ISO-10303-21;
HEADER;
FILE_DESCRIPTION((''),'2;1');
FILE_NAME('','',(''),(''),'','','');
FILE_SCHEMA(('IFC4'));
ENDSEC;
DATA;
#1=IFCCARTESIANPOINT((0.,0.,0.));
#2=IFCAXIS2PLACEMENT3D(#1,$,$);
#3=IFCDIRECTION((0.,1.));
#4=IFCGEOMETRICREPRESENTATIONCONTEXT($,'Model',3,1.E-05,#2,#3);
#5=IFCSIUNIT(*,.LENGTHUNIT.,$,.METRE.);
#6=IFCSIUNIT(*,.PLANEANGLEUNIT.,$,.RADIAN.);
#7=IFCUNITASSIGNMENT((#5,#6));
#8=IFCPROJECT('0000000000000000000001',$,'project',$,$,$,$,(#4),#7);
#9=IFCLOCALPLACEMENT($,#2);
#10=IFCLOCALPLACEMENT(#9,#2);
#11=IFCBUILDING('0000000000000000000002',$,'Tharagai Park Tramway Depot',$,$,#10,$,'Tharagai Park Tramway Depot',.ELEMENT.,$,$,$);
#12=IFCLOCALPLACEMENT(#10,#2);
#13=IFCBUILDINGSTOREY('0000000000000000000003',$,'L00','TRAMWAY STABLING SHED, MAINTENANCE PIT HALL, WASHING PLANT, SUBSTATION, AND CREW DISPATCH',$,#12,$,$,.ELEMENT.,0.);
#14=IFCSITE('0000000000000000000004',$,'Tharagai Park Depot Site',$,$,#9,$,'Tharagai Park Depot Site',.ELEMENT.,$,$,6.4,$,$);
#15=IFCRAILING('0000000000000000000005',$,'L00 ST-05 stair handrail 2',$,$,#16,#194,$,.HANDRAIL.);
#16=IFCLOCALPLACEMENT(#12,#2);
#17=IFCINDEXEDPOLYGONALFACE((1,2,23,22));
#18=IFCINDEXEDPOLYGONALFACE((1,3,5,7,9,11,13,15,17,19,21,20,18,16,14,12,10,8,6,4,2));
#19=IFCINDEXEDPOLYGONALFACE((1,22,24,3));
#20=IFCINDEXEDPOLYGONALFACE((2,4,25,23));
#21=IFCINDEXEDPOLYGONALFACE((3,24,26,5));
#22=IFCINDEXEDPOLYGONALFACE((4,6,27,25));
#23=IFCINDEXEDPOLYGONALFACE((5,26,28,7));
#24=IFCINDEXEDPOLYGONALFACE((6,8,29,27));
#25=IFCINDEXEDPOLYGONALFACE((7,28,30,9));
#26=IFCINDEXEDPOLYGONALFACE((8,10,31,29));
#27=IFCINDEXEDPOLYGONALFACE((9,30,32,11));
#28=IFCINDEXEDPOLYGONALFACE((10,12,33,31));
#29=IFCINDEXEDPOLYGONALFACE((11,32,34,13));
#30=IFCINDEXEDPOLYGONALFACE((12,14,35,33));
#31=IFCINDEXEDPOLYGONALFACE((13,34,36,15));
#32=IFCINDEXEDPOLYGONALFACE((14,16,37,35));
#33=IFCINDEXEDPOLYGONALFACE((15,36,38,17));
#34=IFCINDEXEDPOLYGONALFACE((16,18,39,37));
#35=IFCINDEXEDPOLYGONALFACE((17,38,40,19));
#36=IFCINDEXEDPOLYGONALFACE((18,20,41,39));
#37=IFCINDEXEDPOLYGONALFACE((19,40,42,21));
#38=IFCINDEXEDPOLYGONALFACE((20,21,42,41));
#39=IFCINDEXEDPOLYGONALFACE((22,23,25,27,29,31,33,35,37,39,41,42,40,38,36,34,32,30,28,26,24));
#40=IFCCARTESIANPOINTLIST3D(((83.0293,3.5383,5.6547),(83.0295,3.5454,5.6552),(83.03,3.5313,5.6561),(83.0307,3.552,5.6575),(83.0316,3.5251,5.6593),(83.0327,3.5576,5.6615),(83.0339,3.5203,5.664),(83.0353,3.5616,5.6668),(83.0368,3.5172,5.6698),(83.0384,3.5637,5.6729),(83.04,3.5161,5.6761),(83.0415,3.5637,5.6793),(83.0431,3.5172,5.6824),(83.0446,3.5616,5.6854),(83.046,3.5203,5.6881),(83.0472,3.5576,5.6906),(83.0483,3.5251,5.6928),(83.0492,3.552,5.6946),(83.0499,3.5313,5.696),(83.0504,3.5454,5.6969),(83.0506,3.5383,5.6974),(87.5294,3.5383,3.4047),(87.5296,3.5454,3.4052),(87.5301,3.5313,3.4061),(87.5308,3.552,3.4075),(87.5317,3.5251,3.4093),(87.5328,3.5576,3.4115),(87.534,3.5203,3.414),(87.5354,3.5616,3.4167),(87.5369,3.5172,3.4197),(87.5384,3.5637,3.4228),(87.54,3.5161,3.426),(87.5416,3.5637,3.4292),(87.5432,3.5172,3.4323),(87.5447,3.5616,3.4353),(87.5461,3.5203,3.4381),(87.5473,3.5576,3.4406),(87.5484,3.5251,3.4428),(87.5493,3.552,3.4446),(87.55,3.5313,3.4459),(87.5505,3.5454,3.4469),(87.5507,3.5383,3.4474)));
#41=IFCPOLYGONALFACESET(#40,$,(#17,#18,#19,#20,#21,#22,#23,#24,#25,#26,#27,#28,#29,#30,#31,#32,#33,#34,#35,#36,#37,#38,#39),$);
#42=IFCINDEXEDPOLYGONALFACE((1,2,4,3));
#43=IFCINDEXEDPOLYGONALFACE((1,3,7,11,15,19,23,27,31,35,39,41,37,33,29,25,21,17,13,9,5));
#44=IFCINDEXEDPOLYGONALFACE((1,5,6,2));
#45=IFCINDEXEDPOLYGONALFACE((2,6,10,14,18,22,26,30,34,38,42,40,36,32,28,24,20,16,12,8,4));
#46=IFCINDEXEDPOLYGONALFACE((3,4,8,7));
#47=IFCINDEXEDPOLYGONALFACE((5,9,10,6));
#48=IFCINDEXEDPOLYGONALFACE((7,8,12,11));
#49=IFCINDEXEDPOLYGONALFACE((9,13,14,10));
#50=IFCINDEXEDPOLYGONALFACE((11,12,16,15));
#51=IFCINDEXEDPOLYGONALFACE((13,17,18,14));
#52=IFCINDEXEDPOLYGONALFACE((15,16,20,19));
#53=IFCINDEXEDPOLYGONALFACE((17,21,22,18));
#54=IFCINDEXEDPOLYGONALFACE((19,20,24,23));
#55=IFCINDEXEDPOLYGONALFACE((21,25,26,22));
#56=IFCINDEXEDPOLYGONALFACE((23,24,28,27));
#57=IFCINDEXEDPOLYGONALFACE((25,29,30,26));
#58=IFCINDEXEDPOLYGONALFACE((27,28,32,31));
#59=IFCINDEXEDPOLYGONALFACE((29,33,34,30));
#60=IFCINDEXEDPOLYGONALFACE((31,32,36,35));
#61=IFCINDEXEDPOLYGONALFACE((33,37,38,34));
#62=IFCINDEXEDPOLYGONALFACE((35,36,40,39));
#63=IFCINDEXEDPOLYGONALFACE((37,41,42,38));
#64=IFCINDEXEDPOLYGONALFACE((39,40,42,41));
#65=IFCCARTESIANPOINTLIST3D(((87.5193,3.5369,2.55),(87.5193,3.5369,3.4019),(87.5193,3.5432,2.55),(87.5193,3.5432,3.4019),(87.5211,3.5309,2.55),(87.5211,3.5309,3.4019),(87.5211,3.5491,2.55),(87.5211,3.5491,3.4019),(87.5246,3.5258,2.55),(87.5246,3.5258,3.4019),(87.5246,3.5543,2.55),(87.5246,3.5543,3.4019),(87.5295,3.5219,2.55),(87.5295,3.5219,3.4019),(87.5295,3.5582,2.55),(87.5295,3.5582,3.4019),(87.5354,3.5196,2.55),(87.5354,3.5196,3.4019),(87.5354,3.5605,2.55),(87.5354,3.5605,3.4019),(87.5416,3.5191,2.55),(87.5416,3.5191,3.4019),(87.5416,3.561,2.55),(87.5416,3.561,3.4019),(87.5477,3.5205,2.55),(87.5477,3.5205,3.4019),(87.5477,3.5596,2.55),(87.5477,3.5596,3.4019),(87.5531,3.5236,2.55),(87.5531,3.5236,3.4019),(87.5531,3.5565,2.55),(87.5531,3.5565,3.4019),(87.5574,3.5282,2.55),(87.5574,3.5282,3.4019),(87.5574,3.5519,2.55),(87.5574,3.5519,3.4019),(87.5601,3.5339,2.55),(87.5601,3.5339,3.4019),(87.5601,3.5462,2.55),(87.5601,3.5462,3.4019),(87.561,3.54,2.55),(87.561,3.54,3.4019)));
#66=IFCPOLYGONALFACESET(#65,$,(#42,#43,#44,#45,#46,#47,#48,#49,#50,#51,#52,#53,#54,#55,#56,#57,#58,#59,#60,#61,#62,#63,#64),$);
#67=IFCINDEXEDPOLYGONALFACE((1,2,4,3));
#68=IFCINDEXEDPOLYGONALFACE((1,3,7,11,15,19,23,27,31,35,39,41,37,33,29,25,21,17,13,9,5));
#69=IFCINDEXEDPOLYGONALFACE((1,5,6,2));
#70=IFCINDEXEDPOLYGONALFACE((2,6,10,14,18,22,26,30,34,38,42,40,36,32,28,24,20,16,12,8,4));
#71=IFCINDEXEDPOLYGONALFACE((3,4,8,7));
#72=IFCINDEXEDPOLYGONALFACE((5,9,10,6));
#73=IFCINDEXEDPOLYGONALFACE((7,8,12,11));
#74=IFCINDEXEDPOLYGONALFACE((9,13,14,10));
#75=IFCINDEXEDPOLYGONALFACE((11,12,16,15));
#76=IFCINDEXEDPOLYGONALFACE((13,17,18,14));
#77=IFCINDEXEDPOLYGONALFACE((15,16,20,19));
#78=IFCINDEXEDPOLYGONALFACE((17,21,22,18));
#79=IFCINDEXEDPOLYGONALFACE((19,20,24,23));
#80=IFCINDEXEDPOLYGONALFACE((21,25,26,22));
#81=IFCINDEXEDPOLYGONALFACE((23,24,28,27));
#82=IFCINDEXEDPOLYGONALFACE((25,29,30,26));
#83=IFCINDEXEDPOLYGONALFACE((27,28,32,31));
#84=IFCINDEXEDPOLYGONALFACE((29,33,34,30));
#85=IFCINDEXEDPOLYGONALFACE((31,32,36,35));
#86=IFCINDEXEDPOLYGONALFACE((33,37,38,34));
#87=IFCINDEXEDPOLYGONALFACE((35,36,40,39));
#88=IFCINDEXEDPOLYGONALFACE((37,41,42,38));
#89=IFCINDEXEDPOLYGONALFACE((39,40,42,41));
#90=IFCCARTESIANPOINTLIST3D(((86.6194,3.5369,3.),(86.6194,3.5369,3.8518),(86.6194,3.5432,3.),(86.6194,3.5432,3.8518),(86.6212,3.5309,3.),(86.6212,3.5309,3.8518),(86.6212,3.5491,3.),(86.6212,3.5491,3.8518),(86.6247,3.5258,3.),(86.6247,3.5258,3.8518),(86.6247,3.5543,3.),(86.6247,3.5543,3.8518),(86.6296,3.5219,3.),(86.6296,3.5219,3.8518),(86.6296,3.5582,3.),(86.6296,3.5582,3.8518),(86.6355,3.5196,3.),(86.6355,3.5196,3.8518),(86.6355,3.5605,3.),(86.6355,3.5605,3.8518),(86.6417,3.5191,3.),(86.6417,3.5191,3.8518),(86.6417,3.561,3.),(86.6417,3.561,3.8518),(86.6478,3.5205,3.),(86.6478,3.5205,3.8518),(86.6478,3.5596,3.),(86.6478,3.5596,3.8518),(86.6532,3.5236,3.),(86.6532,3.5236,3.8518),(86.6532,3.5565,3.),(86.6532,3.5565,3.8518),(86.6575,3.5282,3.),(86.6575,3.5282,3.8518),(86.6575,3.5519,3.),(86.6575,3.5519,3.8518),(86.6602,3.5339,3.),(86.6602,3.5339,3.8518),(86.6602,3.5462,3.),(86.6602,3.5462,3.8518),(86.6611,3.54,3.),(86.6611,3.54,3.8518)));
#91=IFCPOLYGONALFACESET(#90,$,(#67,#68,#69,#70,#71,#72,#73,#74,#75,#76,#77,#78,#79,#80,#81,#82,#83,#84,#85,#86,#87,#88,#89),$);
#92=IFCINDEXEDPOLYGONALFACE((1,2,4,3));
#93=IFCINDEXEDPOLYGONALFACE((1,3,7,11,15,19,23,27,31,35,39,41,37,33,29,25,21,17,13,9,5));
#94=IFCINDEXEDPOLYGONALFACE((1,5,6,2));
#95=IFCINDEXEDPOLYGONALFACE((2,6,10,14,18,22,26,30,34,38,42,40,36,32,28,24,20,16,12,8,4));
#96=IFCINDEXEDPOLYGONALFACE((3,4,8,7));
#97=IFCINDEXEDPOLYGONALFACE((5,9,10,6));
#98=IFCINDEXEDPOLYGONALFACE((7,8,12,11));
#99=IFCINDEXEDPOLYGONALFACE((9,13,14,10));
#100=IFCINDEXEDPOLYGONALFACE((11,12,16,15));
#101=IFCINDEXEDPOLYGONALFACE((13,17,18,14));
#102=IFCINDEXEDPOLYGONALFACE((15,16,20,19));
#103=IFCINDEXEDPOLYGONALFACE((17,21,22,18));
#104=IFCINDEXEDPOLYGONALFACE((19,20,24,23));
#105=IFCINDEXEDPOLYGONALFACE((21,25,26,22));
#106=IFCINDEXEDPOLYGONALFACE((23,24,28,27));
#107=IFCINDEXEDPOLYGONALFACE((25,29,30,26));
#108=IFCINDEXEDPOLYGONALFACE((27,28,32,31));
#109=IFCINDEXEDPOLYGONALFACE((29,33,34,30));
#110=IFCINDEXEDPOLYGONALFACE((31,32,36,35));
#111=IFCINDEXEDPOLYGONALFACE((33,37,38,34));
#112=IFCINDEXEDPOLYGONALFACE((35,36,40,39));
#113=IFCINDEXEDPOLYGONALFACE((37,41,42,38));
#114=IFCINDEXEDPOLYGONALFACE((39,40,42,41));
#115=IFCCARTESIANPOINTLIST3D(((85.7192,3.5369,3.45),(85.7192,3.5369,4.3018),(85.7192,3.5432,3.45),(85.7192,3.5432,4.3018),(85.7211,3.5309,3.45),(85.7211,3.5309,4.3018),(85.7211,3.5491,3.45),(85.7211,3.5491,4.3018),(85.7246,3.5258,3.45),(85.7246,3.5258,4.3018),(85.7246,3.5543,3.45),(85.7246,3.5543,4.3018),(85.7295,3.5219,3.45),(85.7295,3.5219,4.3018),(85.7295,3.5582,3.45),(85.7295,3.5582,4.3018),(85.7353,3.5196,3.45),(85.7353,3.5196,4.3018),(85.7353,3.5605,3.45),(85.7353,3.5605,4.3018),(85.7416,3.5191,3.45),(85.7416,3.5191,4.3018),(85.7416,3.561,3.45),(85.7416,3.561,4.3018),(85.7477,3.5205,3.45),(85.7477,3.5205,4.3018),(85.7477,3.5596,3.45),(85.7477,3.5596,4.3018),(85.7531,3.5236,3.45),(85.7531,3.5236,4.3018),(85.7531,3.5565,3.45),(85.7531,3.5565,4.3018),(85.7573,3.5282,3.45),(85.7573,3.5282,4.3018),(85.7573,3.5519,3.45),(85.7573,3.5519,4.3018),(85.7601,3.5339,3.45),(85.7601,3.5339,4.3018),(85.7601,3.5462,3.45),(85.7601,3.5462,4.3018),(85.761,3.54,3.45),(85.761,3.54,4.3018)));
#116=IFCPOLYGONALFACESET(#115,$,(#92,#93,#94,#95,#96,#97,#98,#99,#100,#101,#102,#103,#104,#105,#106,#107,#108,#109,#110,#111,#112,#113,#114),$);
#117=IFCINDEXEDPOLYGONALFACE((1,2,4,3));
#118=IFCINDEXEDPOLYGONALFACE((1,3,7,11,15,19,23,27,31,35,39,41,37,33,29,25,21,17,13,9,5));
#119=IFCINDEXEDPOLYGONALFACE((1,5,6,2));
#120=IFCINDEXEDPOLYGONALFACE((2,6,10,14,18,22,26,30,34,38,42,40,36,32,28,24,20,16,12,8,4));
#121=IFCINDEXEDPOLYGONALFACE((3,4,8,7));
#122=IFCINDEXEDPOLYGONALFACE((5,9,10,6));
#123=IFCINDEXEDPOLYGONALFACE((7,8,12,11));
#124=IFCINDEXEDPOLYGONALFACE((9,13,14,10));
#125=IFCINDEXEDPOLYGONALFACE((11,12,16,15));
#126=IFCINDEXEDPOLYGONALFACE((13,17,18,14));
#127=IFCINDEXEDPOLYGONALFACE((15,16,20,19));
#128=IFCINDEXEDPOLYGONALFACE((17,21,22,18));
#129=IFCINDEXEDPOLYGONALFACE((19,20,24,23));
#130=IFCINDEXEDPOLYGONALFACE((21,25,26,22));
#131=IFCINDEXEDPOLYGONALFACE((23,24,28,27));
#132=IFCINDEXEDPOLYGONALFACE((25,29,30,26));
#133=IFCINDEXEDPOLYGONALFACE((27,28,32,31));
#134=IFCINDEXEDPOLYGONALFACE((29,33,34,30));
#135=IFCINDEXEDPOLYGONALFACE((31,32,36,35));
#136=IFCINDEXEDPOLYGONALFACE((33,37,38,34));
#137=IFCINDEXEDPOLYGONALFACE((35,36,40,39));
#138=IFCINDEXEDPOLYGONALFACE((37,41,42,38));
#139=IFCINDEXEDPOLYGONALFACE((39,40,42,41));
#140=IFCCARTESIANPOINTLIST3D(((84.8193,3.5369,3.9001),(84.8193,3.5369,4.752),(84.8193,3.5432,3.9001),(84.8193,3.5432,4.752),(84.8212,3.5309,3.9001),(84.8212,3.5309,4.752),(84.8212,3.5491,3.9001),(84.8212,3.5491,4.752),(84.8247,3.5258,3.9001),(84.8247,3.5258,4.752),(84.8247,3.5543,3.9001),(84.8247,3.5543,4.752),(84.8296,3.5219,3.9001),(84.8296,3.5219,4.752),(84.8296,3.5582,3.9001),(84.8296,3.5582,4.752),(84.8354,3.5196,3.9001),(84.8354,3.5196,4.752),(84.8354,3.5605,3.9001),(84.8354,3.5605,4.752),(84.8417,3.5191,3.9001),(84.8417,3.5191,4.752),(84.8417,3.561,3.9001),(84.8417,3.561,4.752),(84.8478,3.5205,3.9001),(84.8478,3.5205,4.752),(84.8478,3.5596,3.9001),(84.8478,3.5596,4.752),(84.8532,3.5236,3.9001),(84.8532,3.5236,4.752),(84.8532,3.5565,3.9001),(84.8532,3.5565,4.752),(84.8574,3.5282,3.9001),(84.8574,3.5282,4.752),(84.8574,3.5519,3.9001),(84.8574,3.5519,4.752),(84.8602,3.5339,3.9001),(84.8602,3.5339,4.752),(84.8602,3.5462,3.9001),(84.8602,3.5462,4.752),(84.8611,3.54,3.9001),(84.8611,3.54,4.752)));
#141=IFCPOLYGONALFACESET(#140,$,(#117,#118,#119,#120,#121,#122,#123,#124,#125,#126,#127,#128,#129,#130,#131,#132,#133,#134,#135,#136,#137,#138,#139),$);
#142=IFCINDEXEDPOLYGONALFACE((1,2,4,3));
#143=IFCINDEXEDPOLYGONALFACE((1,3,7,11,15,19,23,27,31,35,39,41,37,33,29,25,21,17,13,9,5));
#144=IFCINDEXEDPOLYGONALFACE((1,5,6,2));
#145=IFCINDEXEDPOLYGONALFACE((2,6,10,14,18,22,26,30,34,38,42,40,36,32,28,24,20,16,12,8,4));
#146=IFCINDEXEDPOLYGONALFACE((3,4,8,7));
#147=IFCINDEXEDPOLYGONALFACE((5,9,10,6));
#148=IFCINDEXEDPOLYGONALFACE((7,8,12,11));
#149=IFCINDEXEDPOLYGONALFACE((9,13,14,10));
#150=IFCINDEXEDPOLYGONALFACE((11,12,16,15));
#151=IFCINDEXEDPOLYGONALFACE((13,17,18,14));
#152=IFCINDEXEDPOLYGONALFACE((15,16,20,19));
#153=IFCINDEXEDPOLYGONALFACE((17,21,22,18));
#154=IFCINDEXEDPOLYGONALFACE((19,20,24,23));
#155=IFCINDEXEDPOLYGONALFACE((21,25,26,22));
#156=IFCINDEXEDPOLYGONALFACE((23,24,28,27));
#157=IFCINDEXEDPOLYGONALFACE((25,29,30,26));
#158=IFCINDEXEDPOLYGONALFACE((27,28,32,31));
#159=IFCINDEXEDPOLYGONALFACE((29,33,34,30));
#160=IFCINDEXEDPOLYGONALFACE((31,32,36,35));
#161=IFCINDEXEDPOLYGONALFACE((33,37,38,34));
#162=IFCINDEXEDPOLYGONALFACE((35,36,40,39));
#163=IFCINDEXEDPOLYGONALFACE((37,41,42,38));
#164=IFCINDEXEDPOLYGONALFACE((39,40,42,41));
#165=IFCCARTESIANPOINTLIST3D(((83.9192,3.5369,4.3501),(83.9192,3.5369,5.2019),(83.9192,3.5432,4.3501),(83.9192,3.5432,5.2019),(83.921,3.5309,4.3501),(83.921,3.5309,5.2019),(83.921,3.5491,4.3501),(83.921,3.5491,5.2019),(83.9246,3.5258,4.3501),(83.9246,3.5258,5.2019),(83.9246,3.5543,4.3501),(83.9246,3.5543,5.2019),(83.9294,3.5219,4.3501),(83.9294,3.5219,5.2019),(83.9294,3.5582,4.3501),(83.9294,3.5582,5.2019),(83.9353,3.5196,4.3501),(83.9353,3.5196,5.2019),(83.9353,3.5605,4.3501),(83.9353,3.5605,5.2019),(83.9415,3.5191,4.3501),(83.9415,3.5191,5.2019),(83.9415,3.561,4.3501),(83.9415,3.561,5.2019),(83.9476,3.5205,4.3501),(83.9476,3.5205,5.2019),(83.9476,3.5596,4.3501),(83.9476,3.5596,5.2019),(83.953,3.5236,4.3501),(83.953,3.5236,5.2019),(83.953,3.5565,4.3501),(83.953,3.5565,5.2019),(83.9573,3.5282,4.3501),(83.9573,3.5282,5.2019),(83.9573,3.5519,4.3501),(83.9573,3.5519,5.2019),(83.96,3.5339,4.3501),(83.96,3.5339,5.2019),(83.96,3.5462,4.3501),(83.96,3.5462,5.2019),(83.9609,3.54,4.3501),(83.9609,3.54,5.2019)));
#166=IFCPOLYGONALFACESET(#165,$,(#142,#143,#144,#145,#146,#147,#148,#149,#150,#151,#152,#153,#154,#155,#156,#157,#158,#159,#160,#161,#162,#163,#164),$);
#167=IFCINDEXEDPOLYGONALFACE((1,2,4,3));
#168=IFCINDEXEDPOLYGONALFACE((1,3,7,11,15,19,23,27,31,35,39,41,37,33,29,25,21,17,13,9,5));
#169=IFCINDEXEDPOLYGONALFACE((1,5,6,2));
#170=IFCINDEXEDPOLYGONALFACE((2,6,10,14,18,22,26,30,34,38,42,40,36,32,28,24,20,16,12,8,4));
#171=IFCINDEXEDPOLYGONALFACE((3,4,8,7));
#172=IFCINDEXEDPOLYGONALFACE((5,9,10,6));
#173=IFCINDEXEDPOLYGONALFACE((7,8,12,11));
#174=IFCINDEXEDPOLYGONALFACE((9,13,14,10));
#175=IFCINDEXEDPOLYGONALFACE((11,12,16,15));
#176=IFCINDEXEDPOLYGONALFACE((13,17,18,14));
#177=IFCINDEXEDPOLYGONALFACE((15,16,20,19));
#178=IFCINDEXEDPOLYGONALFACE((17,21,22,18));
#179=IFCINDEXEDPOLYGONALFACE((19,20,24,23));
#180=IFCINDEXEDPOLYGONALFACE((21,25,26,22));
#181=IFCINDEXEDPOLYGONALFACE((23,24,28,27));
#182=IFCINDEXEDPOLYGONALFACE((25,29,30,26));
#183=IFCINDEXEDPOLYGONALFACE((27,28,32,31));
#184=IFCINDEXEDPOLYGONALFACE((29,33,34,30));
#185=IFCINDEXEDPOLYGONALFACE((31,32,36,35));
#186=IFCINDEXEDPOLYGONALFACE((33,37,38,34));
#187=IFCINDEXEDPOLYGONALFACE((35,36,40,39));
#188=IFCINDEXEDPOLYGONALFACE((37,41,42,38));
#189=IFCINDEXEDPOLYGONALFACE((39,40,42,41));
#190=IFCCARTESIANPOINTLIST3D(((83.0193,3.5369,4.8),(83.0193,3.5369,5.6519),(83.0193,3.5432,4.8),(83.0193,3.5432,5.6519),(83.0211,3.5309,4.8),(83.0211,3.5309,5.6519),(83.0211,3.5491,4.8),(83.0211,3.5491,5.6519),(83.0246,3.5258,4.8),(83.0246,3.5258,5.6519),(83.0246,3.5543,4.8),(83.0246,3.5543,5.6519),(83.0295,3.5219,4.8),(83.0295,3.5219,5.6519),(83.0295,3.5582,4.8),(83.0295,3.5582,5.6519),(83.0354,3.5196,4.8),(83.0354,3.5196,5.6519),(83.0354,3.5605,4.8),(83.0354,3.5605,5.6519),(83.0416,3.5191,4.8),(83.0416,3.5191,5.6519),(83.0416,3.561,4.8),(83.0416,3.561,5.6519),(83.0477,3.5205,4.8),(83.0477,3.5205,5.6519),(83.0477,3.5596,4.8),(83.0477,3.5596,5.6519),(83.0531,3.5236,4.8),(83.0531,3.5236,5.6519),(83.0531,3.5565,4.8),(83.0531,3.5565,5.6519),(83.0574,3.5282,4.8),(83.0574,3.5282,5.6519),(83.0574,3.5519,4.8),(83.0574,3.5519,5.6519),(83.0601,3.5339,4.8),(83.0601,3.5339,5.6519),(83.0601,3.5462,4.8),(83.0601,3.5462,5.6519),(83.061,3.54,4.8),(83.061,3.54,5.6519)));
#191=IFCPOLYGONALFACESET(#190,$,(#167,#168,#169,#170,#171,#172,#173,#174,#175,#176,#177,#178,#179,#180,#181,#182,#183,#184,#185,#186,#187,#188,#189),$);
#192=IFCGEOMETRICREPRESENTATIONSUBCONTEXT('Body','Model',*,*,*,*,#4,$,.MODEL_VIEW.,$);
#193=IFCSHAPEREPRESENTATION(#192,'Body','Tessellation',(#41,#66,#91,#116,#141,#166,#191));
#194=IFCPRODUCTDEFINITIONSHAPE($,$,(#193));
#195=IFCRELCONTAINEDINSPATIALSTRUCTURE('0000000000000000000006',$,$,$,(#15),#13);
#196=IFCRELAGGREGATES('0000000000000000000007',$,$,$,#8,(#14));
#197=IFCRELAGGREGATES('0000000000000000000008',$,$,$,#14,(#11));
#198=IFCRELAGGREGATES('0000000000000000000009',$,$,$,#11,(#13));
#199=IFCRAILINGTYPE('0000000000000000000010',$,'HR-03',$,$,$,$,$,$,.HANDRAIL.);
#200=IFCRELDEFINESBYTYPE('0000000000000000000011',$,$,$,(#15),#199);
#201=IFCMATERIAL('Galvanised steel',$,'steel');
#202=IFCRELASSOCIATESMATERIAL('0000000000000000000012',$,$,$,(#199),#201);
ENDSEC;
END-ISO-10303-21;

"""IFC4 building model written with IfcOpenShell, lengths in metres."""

from ifc_helpers import new_model, si_unit, direction, frame, origin, origin_2d, place, context, subcontext, project, spatial, circle, extrude, material, type_object, element, save


model = new_model("IFC4")

# Units and contexts
model_context = context("Model", 3, precision=1e-05, world=origin(), true_north=direction((0.0, 1.0)))
body_context = subcontext(model_context, "Body", "Model", "MODEL_VIEW")
ifc_project = project(units=[si_unit("LENGTHUNIT", "METRE"), si_unit("PLANEANGLEUNIT", "RADIAN")], contexts=[model_context])

# Site, building, storey
site_placement = place(None, origin())
site = spatial("IfcSite", under=ifc_project, at=site_placement, Name="Tharagai Park Depot Site", LongName="Tharagai Park Depot Site", CompositionType="ELEMENT", RefElevation=6.4)
building_placement = place(site_placement, origin())
building = spatial("IfcBuilding", under=site, at=building_placement, Name="Tharagai Park Tramway Depot", LongName="Tharagai Park Tramway Depot", CompositionType="ELEMENT")
storey_placement = place(building_placement, origin())
storey = spatial("IfcBuildingStorey", under=building, at=storey_placement, Name="L00", Description="TRAMWAY STABLING SHED, MAINTENANCE PIT HALL, WASHING PLANT, SUBSTATION, AND CREW DISPATCH", CompositionType="ELEMENT", Elevation=0.0)

# Shared definitions
ifc_material_1 = material(Name="Galvanised steel", Category="steel")

# Railing
railing_type_1 = type_object("IfcRailingType", Name="HR-03", PredefinedType="HANDRAIL", material=ifc_material_1)
railing_1_placement = place(storey_placement, frame((87.54, 3.54, 2.55)))
element("IfcRailing", 1, at=railing_1_placement, inside=storey, type_object=railing_type_1, Name="L00 ST-05 stair handrail 2", PredefinedType="HANDRAIL", context=body_context, shape_type="SweptSolid", body=[
    extrude(circle(Radius=0.0239, at=origin_2d()), frame((0.0, 0.0, 0.876), z_axis=(-0.894427, 0.0, 0.447214), x_axis=(0.0, -1.0, 0.0)), (0.0, 0.0, 1.0), 5.0312),
    extrude(circle(Radius=0.021, at=origin_2d()), origin(), (0.0, 0.0, 1.0), 0.8518),
    extrude(circle(Radius=0.021, at=origin_2d()), frame((-0.8999, 0.0, 0.45)), (0.0, 0.0, 1.0), 0.8518),
    extrude(circle(Radius=0.021, at=origin_2d()), frame((-1.8, 0.0, 0.8999)), (0.0, 0.0, 1.0), 0.8518),
    extrude(circle(Radius=0.021, at=origin_2d()), frame((-2.7, 0.0, 1.3501)), (0.0, 0.0, 1.0), 0.8518),
    extrude(circle(Radius=0.021, at=origin_2d()), frame((-3.6001, 0.0, 1.8)), (0.0, 0.0, 1.0), 0.8518),
    extrude(circle(Radius=0.021, at=origin_2d()), frame((-4.5, 0.0, 2.25)), (0.0, 0.0, 1.0), 0.8518),
])

save(model, "model.ifc")
